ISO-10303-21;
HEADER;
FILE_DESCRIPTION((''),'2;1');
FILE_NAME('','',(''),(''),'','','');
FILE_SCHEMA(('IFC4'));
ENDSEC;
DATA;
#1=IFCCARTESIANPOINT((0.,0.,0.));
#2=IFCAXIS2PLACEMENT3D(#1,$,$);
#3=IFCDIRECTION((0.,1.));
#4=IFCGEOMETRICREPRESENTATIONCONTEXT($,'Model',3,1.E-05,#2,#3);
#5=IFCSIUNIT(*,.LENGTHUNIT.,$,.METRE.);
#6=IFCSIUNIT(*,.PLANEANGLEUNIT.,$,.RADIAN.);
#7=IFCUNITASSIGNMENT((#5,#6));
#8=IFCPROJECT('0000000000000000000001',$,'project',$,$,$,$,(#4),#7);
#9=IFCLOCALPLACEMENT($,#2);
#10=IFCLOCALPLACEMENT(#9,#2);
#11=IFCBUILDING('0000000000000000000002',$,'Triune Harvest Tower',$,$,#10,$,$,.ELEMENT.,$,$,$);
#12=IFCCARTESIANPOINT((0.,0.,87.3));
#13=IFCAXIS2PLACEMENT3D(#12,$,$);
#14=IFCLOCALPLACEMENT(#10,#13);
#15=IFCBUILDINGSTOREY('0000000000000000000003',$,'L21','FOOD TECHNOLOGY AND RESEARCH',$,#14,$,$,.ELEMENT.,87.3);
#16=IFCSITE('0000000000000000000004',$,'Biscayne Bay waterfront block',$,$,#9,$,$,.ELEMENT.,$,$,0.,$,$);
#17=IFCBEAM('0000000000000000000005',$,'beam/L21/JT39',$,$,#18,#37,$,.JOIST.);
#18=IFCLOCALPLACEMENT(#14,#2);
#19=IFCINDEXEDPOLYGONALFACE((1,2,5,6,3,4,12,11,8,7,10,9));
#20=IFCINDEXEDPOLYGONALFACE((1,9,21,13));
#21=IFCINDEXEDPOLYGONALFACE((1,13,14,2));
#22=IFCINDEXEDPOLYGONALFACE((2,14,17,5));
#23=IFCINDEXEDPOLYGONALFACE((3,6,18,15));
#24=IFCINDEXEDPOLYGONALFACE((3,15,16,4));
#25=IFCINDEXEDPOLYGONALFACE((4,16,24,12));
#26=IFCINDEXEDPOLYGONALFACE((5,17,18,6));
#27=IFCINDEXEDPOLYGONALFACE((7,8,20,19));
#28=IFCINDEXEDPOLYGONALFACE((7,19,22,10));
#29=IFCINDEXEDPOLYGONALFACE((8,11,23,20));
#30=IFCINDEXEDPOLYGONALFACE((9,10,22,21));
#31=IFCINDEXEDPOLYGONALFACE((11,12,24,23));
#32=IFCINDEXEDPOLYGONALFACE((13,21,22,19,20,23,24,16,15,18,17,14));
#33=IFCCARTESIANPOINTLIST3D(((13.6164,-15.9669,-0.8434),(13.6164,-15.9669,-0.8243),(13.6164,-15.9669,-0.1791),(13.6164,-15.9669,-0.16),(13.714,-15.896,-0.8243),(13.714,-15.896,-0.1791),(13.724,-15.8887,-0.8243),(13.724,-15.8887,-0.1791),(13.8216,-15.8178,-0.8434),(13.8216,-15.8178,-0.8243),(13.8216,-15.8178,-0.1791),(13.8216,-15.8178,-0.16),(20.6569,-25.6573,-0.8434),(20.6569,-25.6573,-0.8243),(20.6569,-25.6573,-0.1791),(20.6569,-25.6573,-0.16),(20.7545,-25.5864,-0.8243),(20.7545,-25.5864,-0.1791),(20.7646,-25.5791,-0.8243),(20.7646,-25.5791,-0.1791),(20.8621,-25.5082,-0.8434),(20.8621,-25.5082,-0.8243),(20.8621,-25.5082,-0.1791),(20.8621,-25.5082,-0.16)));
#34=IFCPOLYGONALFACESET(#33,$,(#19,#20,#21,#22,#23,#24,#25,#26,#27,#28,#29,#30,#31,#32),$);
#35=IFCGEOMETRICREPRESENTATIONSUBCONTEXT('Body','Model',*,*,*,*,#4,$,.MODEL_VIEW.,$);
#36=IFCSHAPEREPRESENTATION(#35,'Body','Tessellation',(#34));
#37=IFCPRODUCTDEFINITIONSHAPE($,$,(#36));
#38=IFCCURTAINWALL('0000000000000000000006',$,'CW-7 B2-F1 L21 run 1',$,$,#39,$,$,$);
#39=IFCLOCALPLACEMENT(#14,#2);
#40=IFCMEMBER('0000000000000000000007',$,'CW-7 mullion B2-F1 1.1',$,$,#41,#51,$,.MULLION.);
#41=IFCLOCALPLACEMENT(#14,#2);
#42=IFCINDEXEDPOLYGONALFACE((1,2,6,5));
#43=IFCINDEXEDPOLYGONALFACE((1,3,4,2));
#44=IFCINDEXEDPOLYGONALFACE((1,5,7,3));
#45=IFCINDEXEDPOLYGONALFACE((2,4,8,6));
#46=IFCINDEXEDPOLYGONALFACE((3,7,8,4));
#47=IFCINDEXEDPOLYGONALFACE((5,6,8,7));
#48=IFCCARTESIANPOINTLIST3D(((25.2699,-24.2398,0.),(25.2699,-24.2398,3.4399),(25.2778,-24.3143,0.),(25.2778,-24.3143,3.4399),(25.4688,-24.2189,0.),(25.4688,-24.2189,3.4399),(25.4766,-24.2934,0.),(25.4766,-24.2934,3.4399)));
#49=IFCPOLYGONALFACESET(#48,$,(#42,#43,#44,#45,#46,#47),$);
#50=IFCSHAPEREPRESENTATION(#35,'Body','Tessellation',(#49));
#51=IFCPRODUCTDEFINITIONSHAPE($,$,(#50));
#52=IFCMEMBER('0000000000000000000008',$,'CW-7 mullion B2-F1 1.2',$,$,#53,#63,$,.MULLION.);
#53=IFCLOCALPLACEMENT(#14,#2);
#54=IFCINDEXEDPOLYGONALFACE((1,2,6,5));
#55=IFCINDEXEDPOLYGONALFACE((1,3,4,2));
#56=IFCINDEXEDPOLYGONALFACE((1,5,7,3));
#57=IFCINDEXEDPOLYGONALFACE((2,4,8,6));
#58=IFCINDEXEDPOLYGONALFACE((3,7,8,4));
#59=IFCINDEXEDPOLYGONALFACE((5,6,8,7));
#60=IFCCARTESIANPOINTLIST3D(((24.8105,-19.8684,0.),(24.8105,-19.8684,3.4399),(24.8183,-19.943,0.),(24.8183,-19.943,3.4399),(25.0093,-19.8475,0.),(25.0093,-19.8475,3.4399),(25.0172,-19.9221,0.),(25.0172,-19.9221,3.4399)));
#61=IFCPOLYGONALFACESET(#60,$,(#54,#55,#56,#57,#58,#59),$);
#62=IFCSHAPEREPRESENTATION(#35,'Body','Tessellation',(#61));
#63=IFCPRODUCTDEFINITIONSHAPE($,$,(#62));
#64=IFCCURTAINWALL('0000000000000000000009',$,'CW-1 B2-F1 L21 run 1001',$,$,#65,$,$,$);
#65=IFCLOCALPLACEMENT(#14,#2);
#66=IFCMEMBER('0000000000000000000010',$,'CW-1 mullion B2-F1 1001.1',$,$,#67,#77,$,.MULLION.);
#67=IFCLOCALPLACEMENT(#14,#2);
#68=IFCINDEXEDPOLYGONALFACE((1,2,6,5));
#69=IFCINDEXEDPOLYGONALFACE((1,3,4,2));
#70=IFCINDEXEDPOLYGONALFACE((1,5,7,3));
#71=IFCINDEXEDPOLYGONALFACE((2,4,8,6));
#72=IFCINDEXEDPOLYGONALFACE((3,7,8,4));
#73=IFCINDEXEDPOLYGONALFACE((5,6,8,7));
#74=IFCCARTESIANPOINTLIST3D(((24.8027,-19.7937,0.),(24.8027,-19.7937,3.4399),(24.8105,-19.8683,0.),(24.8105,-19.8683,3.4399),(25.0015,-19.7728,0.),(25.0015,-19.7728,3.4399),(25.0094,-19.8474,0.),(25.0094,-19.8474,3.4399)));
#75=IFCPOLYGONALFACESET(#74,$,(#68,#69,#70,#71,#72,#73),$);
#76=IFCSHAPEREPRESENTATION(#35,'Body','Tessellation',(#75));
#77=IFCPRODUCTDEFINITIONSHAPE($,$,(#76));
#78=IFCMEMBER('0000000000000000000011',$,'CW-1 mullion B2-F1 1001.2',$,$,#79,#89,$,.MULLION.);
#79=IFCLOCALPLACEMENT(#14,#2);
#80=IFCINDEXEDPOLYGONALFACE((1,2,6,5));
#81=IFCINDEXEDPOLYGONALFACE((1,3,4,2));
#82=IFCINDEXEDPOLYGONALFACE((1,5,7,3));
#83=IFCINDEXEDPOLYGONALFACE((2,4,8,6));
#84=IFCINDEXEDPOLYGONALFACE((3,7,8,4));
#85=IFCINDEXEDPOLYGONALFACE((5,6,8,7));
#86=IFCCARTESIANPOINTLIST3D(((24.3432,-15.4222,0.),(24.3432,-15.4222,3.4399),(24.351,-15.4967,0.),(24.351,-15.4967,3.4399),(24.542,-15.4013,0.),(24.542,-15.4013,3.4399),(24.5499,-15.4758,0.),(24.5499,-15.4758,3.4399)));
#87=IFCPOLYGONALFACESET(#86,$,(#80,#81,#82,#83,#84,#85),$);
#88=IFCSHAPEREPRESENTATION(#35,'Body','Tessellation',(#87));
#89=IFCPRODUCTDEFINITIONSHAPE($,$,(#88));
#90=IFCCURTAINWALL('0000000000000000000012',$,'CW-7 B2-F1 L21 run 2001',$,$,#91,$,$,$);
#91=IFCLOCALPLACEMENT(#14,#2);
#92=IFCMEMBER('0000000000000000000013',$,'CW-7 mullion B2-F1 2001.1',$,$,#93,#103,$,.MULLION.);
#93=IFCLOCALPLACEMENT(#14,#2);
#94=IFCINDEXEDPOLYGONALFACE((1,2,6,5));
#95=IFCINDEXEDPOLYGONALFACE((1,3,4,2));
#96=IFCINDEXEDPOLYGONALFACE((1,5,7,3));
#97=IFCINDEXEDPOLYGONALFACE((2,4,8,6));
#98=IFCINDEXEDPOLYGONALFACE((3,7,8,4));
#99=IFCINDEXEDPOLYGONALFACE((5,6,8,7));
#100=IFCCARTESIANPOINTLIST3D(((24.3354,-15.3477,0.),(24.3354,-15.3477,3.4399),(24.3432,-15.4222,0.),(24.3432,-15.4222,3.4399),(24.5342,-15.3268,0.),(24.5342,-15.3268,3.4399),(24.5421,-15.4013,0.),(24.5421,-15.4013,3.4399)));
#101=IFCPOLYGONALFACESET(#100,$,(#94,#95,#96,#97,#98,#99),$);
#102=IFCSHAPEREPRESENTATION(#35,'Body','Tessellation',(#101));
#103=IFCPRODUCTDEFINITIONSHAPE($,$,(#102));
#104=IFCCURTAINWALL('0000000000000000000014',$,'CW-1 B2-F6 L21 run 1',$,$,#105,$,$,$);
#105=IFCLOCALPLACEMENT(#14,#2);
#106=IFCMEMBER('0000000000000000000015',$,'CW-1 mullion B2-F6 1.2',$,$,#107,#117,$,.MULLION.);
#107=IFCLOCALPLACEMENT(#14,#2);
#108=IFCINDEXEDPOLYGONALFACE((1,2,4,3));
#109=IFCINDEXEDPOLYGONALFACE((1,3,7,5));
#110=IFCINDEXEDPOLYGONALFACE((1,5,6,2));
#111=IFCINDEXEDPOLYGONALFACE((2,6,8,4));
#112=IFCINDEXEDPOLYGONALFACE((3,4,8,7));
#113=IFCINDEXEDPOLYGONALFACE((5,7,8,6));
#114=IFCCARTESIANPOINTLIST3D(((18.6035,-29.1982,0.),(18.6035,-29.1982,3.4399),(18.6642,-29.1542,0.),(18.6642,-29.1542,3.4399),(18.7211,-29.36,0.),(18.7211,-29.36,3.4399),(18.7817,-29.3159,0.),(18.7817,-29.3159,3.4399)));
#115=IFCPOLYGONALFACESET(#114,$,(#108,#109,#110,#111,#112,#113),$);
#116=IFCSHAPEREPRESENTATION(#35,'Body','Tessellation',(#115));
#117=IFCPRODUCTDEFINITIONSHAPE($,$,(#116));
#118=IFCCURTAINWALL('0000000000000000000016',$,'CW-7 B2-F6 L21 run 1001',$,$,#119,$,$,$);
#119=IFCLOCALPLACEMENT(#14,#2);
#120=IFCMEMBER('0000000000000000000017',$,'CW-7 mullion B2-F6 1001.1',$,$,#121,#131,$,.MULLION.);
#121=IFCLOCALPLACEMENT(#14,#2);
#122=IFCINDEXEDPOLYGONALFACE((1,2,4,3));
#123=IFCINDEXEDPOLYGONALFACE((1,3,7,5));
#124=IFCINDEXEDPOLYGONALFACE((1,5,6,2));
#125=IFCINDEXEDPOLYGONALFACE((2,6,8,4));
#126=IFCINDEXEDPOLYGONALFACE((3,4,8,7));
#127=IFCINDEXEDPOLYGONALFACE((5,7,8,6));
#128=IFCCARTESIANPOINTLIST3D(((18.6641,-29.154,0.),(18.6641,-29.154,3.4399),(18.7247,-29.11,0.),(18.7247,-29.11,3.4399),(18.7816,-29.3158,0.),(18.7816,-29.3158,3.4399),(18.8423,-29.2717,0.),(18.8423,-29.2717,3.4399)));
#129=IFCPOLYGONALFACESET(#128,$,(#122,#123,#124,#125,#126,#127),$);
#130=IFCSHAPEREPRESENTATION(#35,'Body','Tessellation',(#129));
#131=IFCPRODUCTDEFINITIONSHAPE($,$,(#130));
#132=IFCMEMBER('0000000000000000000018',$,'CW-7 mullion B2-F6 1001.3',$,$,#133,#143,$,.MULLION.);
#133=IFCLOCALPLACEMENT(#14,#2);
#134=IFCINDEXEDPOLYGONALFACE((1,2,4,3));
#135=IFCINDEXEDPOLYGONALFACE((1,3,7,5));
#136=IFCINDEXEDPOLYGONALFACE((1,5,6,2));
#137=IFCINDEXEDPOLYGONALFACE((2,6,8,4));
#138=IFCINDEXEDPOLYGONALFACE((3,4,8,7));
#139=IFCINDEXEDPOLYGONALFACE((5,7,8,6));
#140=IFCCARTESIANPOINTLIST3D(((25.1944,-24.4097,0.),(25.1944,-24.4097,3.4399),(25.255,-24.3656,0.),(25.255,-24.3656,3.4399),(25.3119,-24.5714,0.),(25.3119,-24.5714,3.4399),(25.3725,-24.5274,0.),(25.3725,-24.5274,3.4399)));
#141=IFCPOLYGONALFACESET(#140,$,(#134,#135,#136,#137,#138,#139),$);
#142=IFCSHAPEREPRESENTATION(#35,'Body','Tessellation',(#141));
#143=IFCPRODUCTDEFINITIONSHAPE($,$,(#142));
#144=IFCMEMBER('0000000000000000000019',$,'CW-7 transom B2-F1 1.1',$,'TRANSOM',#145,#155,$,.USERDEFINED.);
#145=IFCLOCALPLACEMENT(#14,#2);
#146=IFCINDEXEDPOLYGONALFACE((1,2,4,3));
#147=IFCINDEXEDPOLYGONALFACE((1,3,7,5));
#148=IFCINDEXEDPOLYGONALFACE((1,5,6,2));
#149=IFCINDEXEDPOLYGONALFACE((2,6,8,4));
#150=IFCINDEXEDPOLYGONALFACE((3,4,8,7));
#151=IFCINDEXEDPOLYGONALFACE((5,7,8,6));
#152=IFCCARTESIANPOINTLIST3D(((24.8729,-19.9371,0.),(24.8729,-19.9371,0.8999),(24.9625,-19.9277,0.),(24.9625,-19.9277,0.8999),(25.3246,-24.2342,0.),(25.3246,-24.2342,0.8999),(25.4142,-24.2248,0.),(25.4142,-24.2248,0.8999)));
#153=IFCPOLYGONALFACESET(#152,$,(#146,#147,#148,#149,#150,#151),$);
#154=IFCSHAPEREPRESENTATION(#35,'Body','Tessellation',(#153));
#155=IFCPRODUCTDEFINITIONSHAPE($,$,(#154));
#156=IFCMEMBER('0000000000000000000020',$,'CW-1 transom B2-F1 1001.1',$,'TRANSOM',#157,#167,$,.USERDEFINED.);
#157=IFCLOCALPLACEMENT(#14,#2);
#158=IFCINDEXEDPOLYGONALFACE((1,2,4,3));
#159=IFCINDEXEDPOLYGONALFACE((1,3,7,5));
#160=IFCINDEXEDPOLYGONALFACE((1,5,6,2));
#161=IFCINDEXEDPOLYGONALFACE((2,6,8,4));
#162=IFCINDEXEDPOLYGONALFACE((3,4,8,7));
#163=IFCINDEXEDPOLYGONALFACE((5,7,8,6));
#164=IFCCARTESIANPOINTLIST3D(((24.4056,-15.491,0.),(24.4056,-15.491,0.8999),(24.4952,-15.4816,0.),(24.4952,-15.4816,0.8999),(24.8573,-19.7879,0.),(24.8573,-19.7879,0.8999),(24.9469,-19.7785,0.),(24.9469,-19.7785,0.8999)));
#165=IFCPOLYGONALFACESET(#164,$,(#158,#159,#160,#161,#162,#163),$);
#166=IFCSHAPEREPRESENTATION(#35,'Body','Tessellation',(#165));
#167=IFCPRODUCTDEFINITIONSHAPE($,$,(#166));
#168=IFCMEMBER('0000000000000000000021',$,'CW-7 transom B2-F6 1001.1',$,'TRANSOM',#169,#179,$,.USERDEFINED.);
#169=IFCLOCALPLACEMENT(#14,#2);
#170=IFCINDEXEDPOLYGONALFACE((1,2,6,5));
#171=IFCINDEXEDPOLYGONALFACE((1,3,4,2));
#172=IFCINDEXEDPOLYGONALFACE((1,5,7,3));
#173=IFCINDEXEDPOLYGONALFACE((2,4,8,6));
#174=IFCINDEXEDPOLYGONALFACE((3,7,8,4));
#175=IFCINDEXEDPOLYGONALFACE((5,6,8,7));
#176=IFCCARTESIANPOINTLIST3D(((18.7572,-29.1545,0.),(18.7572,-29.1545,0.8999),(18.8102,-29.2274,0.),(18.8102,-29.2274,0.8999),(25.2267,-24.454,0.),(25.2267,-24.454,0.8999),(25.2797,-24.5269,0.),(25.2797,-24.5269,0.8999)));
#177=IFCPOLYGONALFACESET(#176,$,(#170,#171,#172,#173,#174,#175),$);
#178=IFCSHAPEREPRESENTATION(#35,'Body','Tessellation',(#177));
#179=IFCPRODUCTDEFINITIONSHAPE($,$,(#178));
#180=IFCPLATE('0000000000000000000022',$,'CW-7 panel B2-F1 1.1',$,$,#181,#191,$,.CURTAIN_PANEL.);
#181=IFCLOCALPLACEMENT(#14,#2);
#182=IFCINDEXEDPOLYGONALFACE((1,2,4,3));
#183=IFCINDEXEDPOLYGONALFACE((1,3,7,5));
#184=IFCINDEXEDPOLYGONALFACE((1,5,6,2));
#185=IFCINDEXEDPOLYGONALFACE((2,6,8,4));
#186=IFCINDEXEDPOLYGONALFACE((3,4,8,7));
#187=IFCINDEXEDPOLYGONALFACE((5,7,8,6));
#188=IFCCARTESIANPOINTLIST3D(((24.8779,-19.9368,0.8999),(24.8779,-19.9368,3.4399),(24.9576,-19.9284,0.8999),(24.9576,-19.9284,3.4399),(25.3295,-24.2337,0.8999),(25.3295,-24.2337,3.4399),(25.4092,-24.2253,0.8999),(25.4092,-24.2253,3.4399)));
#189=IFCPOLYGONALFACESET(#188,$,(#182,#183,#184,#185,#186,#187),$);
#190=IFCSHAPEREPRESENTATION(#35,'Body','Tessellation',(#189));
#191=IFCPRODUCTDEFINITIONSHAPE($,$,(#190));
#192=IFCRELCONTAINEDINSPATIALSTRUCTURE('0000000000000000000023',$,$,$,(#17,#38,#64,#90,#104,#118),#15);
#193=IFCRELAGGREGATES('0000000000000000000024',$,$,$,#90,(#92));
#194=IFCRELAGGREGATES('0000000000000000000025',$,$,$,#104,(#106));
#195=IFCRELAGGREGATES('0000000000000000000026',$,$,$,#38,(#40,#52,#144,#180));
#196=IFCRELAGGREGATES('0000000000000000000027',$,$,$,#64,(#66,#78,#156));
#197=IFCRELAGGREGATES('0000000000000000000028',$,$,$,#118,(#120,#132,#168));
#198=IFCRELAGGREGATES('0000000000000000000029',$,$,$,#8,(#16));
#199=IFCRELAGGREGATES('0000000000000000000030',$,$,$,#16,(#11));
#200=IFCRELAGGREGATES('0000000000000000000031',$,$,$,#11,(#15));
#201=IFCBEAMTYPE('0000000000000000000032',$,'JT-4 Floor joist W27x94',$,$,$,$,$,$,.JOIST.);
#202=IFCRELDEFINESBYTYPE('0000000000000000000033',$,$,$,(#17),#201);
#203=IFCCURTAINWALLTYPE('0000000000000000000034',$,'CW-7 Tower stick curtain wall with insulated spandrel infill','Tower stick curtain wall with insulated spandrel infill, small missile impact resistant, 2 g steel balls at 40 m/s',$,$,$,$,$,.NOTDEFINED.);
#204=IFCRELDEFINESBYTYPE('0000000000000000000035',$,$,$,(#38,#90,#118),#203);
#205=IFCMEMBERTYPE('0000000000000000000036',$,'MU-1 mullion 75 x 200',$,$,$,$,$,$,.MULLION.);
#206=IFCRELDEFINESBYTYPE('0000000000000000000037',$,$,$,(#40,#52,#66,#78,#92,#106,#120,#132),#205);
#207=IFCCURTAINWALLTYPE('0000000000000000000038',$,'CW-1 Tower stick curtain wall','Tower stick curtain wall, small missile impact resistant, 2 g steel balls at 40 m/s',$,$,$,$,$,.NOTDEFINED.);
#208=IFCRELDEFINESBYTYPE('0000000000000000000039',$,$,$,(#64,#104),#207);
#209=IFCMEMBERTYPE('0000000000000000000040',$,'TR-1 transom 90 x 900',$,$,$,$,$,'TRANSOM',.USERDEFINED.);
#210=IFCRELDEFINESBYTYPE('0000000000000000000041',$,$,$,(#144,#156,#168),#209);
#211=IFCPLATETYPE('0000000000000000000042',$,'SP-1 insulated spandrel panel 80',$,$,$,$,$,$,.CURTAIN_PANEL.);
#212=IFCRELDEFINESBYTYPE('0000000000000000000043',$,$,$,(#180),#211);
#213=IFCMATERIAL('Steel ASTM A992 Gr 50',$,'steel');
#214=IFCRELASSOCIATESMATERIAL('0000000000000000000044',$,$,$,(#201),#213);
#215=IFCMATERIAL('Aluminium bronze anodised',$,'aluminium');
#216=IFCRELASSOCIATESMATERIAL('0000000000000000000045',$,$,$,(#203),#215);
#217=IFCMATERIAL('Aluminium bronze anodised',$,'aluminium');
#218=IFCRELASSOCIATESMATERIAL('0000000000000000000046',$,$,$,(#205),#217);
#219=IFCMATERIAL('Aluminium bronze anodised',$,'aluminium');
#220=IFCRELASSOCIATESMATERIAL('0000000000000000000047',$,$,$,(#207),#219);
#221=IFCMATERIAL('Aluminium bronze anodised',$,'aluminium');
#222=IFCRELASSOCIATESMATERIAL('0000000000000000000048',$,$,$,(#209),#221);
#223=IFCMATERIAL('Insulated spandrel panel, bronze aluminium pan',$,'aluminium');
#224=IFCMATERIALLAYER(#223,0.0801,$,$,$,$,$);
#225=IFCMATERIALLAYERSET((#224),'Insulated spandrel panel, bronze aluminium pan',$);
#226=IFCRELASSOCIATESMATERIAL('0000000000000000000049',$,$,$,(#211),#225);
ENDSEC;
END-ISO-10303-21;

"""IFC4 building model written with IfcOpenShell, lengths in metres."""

from ifc_helpers import new_model, si_unit, direction, frame, origin, origin_2d, place, context, subcontext, project, spatial, rectangle, i_section, extrude, source, transform, mapped, material, layer, layer_set, material_profile, profile_set, type_object, element, aggregate, save


model = new_model("IFC4")

# Units and contexts
model_context = context("Model", 3, precision=1e-05, world=origin(), true_north=direction((0.0, 1.0)))
body_context = subcontext(model_context, "Body", "Model", "MODEL_VIEW")
ifc_project = project(units=[si_unit("LENGTHUNIT", "METRE"), si_unit("PLANEANGLEUNIT", "RADIAN")], contexts=[model_context])

# Site, building, storey
site_placement = place(None, origin())
site = spatial("IfcSite", under=ifc_project, at=site_placement, Name="Biscayne Bay waterfront block", CompositionType="ELEMENT", RefElevation=0.0)
building_placement = place(site_placement, origin())
building = spatial("IfcBuilding", under=site, at=building_placement, Name="Triune Harvest Tower", CompositionType="ELEMENT")
storey_placement = place(building_placement, frame((0.0, 0.0, 87.3)))
storey = spatial("IfcBuildingStorey", under=building, at=storey_placement, Name="L21", Description="FOOD TECHNOLOGY AND RESEARCH", CompositionType="ELEMENT", Elevation=87.3)

# Beam
ifc_material_1 = material(Name="Steel ASTM A992 Gr 50", Category="steel")
ifc_material_profile_1 = material_profile(ifc_material_1, i_section(OverallWidth=0.2537, OverallDepth=0.6833, WebThickness=0.0125, FlangeThickness=0.019, at=origin_2d()), Name="W27x94")
ifc_profile_set_1 = profile_set([ifc_material_profile_1], Name="Steel ASTM A992 Gr 50")
beam_type_1 = type_object("IfcBeamType", Name="JT-4 Floor joist W27x94", PredefinedType="JOIST", material=ifc_profile_set_1)
shared_shape_1 = source(origin(), body_context, "Body", "SweptSolid", [
    extrude(i_section(OverallWidth=0.2537, OverallDepth=0.6833, WebThickness=0.0125, FlangeThickness=0.019, at=origin_2d()), origin(), (0.0, 0.0, 1.0), 11.978),
])
beam_1_placement = place(storey_placement, frame((20.7595, -25.5828, -0.5017), z_axis=(-0.587786, 0.809016, 0.0), x_axis=(-0.809016, -0.587786, 0.0)))
element("IfcBeam", 1, at=beam_1_placement, inside=storey, type_object=beam_type_1, Name="beam/L21/JT39", PredefinedType="JOIST", context=body_context, shape_type="MappedRepresentation", body=[
    mapped(shared_shape_1, transform((0.0, 0.0, 0.0), scale=1.0)),
])

# Curtain walls, members
ifc_material_2 = material(Name="Aluminium bronze anodised", Category="aluminium")
curtain_wall_type_1 = type_object("IfcCurtainWallType", Name="CW-7 Tower stick curtain wall with insulated spandrel infill", Description="Tower stick curtain wall with insulated spandrel infill, small missile impact resistant, 2 g steel balls at 40 m/s", PredefinedType="NOTDEFINED", material=ifc_material_2)
curtain_wall_1_placement = place(storey_placement, origin())
curtain_wall_1 = element("IfcCurtainWall", 2, at=curtain_wall_1_placement, inside=storey, type_object=curtain_wall_type_1, Name="CW-7 B2-F1 L21 run 1")
ifc_material_3 = material(Name="Aluminium bronze anodised", Category="aluminium")
ifc_material_profile_2 = material_profile(ifc_material_3, rectangle(XDim=0.2, YDim=0.075, at=origin_2d()), Name="MU-1 mullion 75 x 200")
ifc_profile_set_2 = profile_set([ifc_material_profile_2], Name="Aluminium bronze anodised")
member_type_1 = type_object("IfcMemberType", Name="MU-1 mullion 75 x 200", PredefinedType="MULLION", material=ifc_profile_set_2)
shared_shape_2 = source(origin(), body_context, "Body", "SweptSolid", [
    extrude(rectangle(XDim=0.2, YDim=0.075, at=origin_2d()), origin(), (0.0, 0.0, 1.0), 3.4399),
])
member_1_placement = place(storey_placement, frame((25.3733, -24.2666, 0.0), z_axis=(0.0, 0.0, 1.0), x_axis=(-0.994522, -0.104526, 0.0)))
member_1 = element("IfcMember", 3, at=member_1_placement, type_object=member_type_1, Name="CW-7 mullion B2-F1 1.1", PredefinedType="MULLION", context=body_context, shape_type="MappedRepresentation", body=[
    mapped(shared_shape_2, transform((0.0, 0.0, 0.0), scale=1.0)),
])
member_2_placement = place(storey_placement, frame((24.9138, -19.8953, 0.0), z_axis=(0.0, 0.0, 1.0), x_axis=(-0.994522, -0.104526, 0.0)))
member_2 = element("IfcMember", 4, at=member_2_placement, type_object=member_type_1, Name="CW-7 mullion B2-F1 1.2", PredefinedType="MULLION", context=body_context, shape_type="MappedRepresentation", body=[
    mapped(shared_shape_2, transform((0.0, 0.0, 0.0), scale=1.0)),
])
ifc_material_4 = material(Name="Aluminium bronze anodised", Category="aluminium")
curtain_wall_type_2 = type_object("IfcCurtainWallType", Name="CW-1 Tower stick curtain wall", Description="Tower stick curtain wall, small missile impact resistant, 2 g steel balls at 40 m/s", PredefinedType="NOTDEFINED", material=ifc_material_4)
curtain_wall_2_placement = place(storey_placement, origin())
curtain_wall_2 = element("IfcCurtainWall", 5, at=curtain_wall_2_placement, inside=storey, type_object=curtain_wall_type_2, Name="CW-1 B2-F1 L21 run 1001")
member_3_placement = place(storey_placement, frame((24.906, -19.8206, 0.0), z_axis=(0.0, 0.0, 1.0), x_axis=(-0.994522, -0.104528, 0.0)))
member_3 = element("IfcMember", 6, at=member_3_placement, type_object=member_type_1, Name="CW-1 mullion B2-F1 1001.1", PredefinedType="MULLION", context=body_context, shape_type="MappedRepresentation", body=[
    mapped(shared_shape_2, transform((0.0, 0.0, 0.0), scale=1.0)),
])
member_4_placement = place(storey_placement, frame((24.4465, -15.449, 0.0), z_axis=(0.0, 0.0, 1.0), x_axis=(-0.994522, -0.104528, 0.0)))
member_4 = element("IfcMember", 7, at=member_4_placement, type_object=member_type_1, Name="CW-1 mullion B2-F1 1001.2", PredefinedType="MULLION", context=body_context, shape_type="MappedRepresentation", body=[
    mapped(shared_shape_2, transform((0.0, 0.0, 0.0), scale=1.0)),
])

# Curtain walls, members
curtain_wall_3_placement = place(storey_placement, origin())
curtain_wall_3 = element("IfcCurtainWall", 8, at=curtain_wall_3_placement, inside=storey, type_object=curtain_wall_type_1, Name="CW-7 B2-F1 L21 run 2001")
member_5_placement = place(storey_placement, frame((24.4387, -15.3745, 0.0), z_axis=(0.0, 0.0, 1.0), x_axis=(-0.994522, -0.104528, 0.0)))
member_5 = element("IfcMember", 9, at=member_5_placement, type_object=member_type_1, Name="CW-7 mullion B2-F1 2001.1", PredefinedType="MULLION", context=body_context, shape_type="MappedRepresentation", body=[
    mapped(shared_shape_2, transform((0.0, 0.0, 0.0), scale=1.0)),
])
aggregate(curtain_wall_3, [member_5])
curtain_wall_4_placement = place(storey_placement, origin())
curtain_wall_4 = element("IfcCurtainWall", 10, at=curtain_wall_4_placement, inside=storey, type_object=curtain_wall_type_2, Name="CW-1 B2-F6 L21 run 1")
member_6_placement = place(storey_placement, frame((18.6926, -29.2571, 0.0), z_axis=(0.0, 0.0, 1.0), x_axis=(-0.587795, 0.80901, 0.0)))
member_6 = element("IfcMember", 11, at=member_6_placement, type_object=member_type_1, Name="CW-1 mullion B2-F6 1.2", PredefinedType="MULLION", context=body_context, shape_type="MappedRepresentation", body=[
    mapped(shared_shape_2, transform((0.0, 0.0, 0.0), scale=1.0)),
])
aggregate(curtain_wall_4, [member_6])

# Curtain wall, members
curtain_wall_5_placement = place(storey_placement, origin())
curtain_wall_5 = element("IfcCurtainWall", 12, at=curtain_wall_5_placement, inside=storey, type_object=curtain_wall_type_1, Name="CW-7 B2-F6 L21 run 1001")
member_7_placement = place(storey_placement, frame((18.7532, -29.2129, 0.0), z_axis=(0.0, 0.0, 1.0), x_axis=(-0.587788, 0.809015, 0.0)))
member_7 = element("IfcMember", 13, at=member_7_placement, type_object=member_type_1, Name="CW-7 mullion B2-F6 1001.1", PredefinedType="MULLION", context=body_context, shape_type="MappedRepresentation", body=[
    mapped(shared_shape_2, transform((0.0, 0.0, 0.0), scale=1.0)),
])
member_8_placement = place(storey_placement, frame((25.2834, -24.4685, 0.0), z_axis=(0.0, 0.0, 1.0), x_axis=(-0.587788, 0.809015, 0.0)))
member_8 = element("IfcMember", 14, at=member_8_placement, type_object=member_type_1, Name="CW-7 mullion B2-F6 1001.3", PredefinedType="MULLION", context=body_context, shape_type="MappedRepresentation", body=[
    mapped(shared_shape_2, transform((0.0, 0.0, 0.0), scale=1.0)),
])

# Members
ifc_material_5 = material(Name="Aluminium bronze anodised", Category="aluminium")
ifc_material_profile_3 = material_profile(ifc_material_5, rectangle(XDim=0.0901, YDim=0.8999, at=origin_2d()), Name="TR-1 transom 90 x 900")
ifc_profile_set_3 = profile_set([ifc_material_profile_3], Name="Aluminium bronze anodised")
member_type_2 = type_object("IfcMemberType", Name="TR-1 transom 90 x 900", ElementType="TRANSOM", PredefinedType="USERDEFINED", material=ifc_profile_set_3)
shared_shape_3 = source(origin(), body_context, "Body", "SweptSolid", [
    extrude(rectangle(XDim=0.0901, YDim=0.8999, at=origin_2d()), origin(), (0.0, 0.0, 1.0), 4.3208),
])
member_9_placement = place(storey_placement, frame((25.3694, -24.2295, 0.45), z_axis=(-0.104532, 0.994522, 0.0), x_axis=(-0.994522, -0.104532, 0.0)))
member_9 = element("IfcMember", 15, at=member_9_placement, type_object=member_type_2, Name="CW-7 transom B2-F1 1.1", ObjectType="TRANSOM", PredefinedType="USERDEFINED", context=body_context, shape_type="MappedRepresentation", body=[
    mapped(shared_shape_3, transform((0.0, 0.0, 0.0), scale=1.0)),
])
shared_shape_4 = source(origin(), body_context, "Body", "SweptSolid", [
    extrude(rectangle(XDim=0.0901, YDim=0.8999, at=origin_2d()), origin(), (0.0, 0.0, 1.0), 4.3206),
])
member_10_placement = place(storey_placement, frame((24.9021, -19.7832, 0.45), z_axis=(-0.104538, 0.994521, 0.0), x_axis=(-0.994521, -0.104538, 0.0)))
member_10 = element("IfcMember", 16, at=member_10_placement, type_object=member_type_2, Name="CW-1 transom B2-F1 1001.1", ObjectType="TRANSOM", PredefinedType="USERDEFINED", context=body_context, shape_type="MappedRepresentation", body=[
    mapped(shared_shape_4, transform((0.0, 0.0, 0.0), scale=1.0)),
])
shared_shape_5 = source(origin(), body_context, "Body", "SweptSolid", [
    extrude(rectangle(XDim=0.0901, YDim=0.8999, at=origin_2d()), origin(), (0.0, 0.0, 1.0), 7.9968),
])
member_11_placement = place(storey_placement, frame((18.7837, -29.1909, 0.45), z_axis=(0.809012, 0.587792, 0.0), x_axis=(-0.587792, 0.809012, 0.0)))
member_11 = element("IfcMember", 17, at=member_11_placement, type_object=member_type_2, Name="CW-7 transom B2-F6 1001.1", ObjectType="TRANSOM", PredefinedType="USERDEFINED", context=body_context, shape_type="MappedRepresentation", body=[
    mapped(shared_shape_5, transform((0.0, 0.0, 0.0), scale=1.0)),
])

# Plate
ifc_material_6 = material(Name="Insulated spandrel panel, bronze aluminium pan", Category="aluminium")
ifc_layer_1 = layer(ifc_material_6, 0.0801)
ifc_layer_set_1 = layer_set([ifc_layer_1], Name="Insulated spandrel panel, bronze aluminium pan")
plate_type_1 = type_object("IfcPlateType", Name="SP-1 insulated spandrel panel 80", PredefinedType="CURTAIN_PANEL", material=ifc_layer_set_1)
shared_shape_6 = source(origin(), body_context, "Body", "SweptSolid", [
    extrude(rectangle(XDim=4.3206, YDim=0.0801, at=origin_2d()), origin(), (0.0, 0.0, 1.0), 2.54),
])
plate_1_placement = place(storey_placement, frame((25.1436, -22.0811, 0.8999), z_axis=(0.0, 0.0, 1.0), x_axis=(-0.104526, 0.994522, 0.0)))
plate_1 = element("IfcPlate", 18, at=plate_1_placement, type_object=plate_type_1, Name="CW-7 panel B2-F1 1.1", PredefinedType="CURTAIN_PANEL", context=body_context, shape_type="MappedRepresentation", body=[
    mapped(shared_shape_6, transform((0.0, 0.0, 0.0), scale=1.0)),
])
aggregate(curtain_wall_1, [member_1, member_2, member_9, plate_1])
aggregate(curtain_wall_2, [member_3, member_4, member_10])
aggregate(curtain_wall_5, [member_7, member_8, member_11])

save(model, "model.ifc")
